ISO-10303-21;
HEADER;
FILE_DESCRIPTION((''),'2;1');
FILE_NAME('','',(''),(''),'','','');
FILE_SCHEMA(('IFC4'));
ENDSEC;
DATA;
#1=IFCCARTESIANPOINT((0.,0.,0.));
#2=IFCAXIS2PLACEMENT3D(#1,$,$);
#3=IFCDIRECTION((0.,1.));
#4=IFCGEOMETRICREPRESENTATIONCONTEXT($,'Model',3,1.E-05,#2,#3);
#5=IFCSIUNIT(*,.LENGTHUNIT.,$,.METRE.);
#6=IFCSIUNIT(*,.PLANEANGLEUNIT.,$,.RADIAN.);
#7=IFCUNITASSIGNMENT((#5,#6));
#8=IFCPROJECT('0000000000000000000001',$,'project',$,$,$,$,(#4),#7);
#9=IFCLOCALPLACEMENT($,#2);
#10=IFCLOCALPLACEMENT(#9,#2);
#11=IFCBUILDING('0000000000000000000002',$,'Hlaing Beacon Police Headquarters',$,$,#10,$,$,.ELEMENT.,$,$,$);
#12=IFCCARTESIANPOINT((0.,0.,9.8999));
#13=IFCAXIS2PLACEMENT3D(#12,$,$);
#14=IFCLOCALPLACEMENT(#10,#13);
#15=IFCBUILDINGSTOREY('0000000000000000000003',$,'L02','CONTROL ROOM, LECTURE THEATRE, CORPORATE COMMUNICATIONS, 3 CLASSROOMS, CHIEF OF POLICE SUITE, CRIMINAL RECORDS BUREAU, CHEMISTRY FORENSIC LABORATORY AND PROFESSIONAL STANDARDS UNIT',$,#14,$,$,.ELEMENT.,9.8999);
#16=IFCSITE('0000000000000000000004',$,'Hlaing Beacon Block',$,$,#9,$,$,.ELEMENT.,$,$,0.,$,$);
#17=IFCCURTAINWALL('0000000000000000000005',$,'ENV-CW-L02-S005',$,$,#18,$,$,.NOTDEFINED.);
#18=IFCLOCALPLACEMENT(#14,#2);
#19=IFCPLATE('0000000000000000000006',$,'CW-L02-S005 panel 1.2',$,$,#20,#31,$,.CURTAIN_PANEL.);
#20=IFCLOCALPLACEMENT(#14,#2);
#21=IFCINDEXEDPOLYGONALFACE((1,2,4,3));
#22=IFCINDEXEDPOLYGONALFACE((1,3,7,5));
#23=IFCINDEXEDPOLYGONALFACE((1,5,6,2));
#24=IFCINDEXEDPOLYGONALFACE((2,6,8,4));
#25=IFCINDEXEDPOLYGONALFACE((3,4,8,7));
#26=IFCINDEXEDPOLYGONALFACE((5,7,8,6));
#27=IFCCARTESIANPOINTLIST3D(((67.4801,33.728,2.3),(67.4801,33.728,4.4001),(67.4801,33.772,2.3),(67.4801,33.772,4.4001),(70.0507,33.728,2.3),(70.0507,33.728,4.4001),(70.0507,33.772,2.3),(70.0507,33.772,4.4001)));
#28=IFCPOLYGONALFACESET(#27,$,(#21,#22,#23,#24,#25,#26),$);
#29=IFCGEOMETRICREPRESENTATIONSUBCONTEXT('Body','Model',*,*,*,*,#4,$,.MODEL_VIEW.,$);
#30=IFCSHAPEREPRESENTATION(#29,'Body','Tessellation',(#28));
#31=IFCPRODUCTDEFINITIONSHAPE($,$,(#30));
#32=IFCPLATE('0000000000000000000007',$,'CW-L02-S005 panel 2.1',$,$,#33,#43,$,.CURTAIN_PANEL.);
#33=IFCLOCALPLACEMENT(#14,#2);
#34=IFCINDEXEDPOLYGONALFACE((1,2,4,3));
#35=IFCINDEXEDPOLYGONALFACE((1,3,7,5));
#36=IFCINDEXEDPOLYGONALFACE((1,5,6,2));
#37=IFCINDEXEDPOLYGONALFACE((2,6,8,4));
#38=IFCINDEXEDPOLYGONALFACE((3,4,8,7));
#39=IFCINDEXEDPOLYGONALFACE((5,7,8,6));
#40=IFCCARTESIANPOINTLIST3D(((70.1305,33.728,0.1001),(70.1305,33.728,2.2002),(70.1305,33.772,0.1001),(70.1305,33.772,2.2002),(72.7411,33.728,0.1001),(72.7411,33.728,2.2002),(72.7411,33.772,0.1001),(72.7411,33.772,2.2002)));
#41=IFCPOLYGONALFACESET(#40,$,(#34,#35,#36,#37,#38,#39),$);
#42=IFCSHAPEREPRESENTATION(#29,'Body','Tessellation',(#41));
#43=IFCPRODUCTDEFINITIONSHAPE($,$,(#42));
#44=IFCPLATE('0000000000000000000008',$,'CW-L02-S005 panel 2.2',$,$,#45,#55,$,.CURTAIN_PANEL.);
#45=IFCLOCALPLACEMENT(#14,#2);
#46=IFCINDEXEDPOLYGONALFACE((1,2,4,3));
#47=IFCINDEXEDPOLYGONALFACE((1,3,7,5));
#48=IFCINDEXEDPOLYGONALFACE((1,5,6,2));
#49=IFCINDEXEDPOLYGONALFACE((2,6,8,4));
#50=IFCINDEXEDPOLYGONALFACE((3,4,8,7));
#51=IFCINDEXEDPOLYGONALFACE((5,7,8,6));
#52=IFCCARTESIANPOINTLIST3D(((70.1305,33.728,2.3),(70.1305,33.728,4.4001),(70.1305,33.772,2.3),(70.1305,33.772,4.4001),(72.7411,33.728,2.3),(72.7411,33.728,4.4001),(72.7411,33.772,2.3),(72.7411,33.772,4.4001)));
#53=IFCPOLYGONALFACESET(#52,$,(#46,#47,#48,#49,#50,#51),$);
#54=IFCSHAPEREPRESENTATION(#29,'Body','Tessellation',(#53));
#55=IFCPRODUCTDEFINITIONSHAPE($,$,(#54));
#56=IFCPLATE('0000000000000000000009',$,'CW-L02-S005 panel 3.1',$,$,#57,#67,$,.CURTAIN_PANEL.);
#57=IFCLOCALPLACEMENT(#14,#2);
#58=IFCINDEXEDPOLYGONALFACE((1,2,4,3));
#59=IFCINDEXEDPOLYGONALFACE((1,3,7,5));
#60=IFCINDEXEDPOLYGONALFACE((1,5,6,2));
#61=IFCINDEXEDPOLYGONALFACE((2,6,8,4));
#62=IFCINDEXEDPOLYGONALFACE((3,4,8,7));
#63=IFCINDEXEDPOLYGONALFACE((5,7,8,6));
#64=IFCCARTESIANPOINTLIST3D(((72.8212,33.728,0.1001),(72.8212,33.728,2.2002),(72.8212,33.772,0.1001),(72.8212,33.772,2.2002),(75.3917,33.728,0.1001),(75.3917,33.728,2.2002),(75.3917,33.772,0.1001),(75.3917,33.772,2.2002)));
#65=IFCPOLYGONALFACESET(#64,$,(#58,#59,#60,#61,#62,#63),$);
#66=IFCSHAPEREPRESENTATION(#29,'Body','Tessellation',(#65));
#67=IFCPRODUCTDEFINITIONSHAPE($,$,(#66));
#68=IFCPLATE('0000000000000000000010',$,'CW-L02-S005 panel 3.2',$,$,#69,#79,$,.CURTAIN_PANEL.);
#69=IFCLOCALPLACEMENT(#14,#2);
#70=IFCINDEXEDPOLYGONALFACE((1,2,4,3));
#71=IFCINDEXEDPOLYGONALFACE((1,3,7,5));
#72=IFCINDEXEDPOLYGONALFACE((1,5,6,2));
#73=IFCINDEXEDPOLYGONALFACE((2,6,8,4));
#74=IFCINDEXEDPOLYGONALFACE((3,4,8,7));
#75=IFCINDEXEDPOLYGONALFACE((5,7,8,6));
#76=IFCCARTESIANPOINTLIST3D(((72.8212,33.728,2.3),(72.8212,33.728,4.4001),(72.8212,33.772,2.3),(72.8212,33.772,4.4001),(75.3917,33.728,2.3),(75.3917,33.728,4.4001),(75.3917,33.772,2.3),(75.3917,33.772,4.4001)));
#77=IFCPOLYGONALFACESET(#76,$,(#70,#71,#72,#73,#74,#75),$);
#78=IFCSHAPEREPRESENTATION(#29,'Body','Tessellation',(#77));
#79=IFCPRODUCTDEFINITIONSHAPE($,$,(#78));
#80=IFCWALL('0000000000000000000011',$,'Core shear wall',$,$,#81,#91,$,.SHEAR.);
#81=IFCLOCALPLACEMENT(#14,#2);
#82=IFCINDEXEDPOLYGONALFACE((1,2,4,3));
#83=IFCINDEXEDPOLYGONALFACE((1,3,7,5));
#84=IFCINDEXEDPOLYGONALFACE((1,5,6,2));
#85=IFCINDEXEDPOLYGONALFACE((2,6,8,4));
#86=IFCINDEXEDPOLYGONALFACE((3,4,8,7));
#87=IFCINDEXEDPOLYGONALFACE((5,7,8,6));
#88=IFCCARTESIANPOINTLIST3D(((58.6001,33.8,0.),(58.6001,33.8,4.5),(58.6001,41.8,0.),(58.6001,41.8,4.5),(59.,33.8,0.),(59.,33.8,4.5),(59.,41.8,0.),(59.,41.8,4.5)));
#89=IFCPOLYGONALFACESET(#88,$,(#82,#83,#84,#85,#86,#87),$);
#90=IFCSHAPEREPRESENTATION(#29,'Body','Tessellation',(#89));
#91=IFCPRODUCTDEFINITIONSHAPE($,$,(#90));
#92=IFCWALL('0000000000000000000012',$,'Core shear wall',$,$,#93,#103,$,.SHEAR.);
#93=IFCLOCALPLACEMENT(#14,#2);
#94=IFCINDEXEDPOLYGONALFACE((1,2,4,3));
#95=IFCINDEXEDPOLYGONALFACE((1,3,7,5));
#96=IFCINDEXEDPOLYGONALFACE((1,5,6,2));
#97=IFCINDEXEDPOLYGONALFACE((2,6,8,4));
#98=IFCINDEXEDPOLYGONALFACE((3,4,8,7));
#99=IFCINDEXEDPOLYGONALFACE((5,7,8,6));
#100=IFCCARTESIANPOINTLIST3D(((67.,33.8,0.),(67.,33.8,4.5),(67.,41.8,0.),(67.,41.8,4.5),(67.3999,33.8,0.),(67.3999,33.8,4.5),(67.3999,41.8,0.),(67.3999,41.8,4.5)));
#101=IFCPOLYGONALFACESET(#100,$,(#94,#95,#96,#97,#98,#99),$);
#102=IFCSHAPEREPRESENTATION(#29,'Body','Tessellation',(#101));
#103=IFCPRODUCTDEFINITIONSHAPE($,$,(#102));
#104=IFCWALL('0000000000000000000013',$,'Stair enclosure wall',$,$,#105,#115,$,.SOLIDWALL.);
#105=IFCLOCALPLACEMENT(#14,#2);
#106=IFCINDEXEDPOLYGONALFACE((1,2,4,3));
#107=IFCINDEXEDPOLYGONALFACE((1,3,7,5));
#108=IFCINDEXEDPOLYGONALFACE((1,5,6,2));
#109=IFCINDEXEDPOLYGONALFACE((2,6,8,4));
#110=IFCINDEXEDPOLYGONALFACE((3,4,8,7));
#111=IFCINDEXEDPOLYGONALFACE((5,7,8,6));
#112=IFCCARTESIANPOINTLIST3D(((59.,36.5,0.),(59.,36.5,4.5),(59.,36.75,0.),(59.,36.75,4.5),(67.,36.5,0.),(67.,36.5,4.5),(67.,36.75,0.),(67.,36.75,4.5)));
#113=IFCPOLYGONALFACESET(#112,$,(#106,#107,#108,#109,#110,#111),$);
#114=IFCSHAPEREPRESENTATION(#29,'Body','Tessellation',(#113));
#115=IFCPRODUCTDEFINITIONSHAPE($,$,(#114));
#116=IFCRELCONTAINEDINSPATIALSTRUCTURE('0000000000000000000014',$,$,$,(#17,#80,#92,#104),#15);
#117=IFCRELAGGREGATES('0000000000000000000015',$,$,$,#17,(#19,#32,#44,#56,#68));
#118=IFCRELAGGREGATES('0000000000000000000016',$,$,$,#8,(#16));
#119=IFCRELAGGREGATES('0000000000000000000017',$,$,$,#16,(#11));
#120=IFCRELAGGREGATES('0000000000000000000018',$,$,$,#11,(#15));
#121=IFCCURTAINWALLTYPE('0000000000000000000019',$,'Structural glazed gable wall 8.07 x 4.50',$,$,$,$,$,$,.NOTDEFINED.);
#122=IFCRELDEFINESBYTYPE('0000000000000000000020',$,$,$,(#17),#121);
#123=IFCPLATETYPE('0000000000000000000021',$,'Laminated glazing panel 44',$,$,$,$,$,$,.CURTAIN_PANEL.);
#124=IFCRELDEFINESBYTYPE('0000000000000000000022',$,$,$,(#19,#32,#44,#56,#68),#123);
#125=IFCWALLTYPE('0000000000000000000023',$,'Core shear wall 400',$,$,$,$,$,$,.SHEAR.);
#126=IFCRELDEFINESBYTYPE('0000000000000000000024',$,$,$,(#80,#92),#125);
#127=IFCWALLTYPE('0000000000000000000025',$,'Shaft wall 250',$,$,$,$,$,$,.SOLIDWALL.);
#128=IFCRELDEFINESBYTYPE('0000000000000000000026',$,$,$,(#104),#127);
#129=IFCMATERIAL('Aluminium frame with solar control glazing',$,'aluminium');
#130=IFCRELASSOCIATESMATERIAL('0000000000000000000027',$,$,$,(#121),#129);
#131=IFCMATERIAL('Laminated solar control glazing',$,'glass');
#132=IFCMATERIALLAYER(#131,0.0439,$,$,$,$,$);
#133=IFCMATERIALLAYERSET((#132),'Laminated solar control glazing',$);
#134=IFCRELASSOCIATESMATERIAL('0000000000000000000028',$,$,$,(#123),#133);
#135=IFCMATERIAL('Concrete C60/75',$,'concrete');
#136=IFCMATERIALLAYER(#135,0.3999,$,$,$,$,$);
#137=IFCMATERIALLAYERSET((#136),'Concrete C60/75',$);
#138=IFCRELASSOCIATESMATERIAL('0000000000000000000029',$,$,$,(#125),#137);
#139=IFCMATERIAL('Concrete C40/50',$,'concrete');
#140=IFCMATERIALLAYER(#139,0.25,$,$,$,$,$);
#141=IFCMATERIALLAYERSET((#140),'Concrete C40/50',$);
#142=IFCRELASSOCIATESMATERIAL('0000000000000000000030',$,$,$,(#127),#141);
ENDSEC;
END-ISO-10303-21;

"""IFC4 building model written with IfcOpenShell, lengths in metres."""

from ifc_helpers import new_model, si_unit, direction, frame, frame_2d, origin, origin_2d, place, context, subcontext, project, spatial, rectangle, extrude, material, layer, layer_set, type_object, element, aggregate, save


model = new_model("IFC4")

# Units and contexts
model_context = context("Model", 3, precision=1e-05, world=origin(), true_north=direction((0.0, 1.0)))
body_context = subcontext(model_context, "Body", "Model", "MODEL_VIEW")
ifc_project = project(units=[si_unit("LENGTHUNIT", "METRE"), si_unit("PLANEANGLEUNIT", "RADIAN")], contexts=[model_context])

# Site, building, storey
site_placement = place(None, origin())
site = spatial("IfcSite", under=ifc_project, at=site_placement, Name="Hlaing Beacon Block", CompositionType="ELEMENT", RefElevation=0.0)
building_placement = place(site_placement, origin())
building = spatial("IfcBuilding", under=site, at=building_placement, Name="Hlaing Beacon Police Headquarters", CompositionType="ELEMENT")
storey_placement = place(building_placement, frame((0.0, 0.0, 9.8999)))
storey = spatial("IfcBuildingStorey", under=building, at=storey_placement, Name="L02", Description="CONTROL ROOM, LECTURE THEATRE, CORPORATE COMMUNICATIONS, 3 CLASSROOMS, CHIEF OF POLICE SUITE, CRIMINAL RECORDS BUREAU, CHEMISTRY FORENSIC LABORATORY AND PROFESSIONAL STANDARDS UNIT", CompositionType="ELEMENT", Elevation=9.8999)

# Curtain wall
ifc_material_1 = material(Name="Aluminium frame with solar control glazing", Category="aluminium")
curtain_wall_type = type_object("IfcCurtainWallType", Name="Structural glazed gable wall 8.07 x 4.50", PredefinedType="NOTDEFINED", material=ifc_material_1)
curtain_wall_1_placement = place(storey_placement, origin())
curtain_wall_1 = element("IfcCurtainWall", 1, at=curtain_wall_1_placement, inside=storey, type_object=curtain_wall_type, Name="ENV-CW-L02-S005", PredefinedType="NOTDEFINED")

# Plates
ifc_material_2 = material(Name="Laminated solar control glazing", Category="glass")
ifc_layer_1 = layer(ifc_material_2, 0.0439)
ifc_layer_set_1 = layer_set([ifc_layer_1], Name="Laminated solar control glazing")
plate_type = type_object("IfcPlateType", Name="Laminated glazing panel 44", PredefinedType="CURTAIN_PANEL", material=ifc_layer_set_1)
plate_1_placement = place(storey_placement, frame((68.7654, 33.75, 2.3), z_axis=(0.0, 0.0, 1.0), x_axis=(1.0, 0.0, 0.0)))
plate_1 = element("IfcPlate", 2, at=plate_1_placement, type_object=plate_type, Name="CW-L02-S005 panel 1.2", PredefinedType="CURTAIN_PANEL", context=body_context, shape_type="SweptSolid", body=[
    extrude(rectangle(XDim=2.5706, YDim=0.0439, at=origin_2d()), origin(), (0.0, 0.0, 1.0), 2.1001),
])
plate_2_placement = place(storey_placement, frame((71.4358, 33.75, 0.1001), z_axis=(0.0, 0.0, 1.0), x_axis=(1.0, 0.0, 0.0)))
plate_2 = element("IfcPlate", 3, at=plate_2_placement, type_object=plate_type, Name="CW-L02-S005 panel 2.1", PredefinedType="CURTAIN_PANEL", context=body_context, shape_type="SweptSolid", body=[
    extrude(rectangle(XDim=2.6106, YDim=0.0439, at=origin_2d()), origin(), (0.0, 0.0, 1.0), 2.1001),
])
plate_3_placement = place(storey_placement, frame((71.4358, 33.75, 2.3), z_axis=(0.0, 0.0, 1.0), x_axis=(1.0, 0.0, 0.0)))
plate_3 = element("IfcPlate", 4, at=plate_3_placement, type_object=plate_type, Name="CW-L02-S005 panel 2.2", PredefinedType="CURTAIN_PANEL", context=body_context, shape_type="SweptSolid", body=[
    extrude(rectangle(XDim=2.6106, YDim=0.0439, at=origin_2d()), origin(), (0.0, 0.0, 1.0), 2.1001),
])
plate_4_placement = place(storey_placement, frame((74.1064, 33.75, 0.1001), z_axis=(0.0, 0.0, 1.0), x_axis=(1.0, 0.0, 0.0)))
plate_4 = element("IfcPlate", 5, at=plate_4_placement, type_object=plate_type, Name="CW-L02-S005 panel 3.1", PredefinedType="CURTAIN_PANEL", context=body_context, shape_type="SweptSolid", body=[
    extrude(rectangle(XDim=2.5706, YDim=0.0439, at=origin_2d()), origin(), (0.0, 0.0, 1.0), 2.1001),
])
plate_5_placement = place(storey_placement, frame((74.1064, 33.75, 2.3), z_axis=(0.0, 0.0, 1.0), x_axis=(1.0, 0.0, 0.0)))
plate_5 = element("IfcPlate", 6, at=plate_5_placement, type_object=plate_type, Name="CW-L02-S005 panel 3.2", PredefinedType="CURTAIN_PANEL", context=body_context, shape_type="SweptSolid", body=[
    extrude(rectangle(XDim=2.5706, YDim=0.0439, at=origin_2d()), origin(), (0.0, 0.0, 1.0), 2.1001),
])
aggregate(curtain_wall_1, [plate_1, plate_2, plate_3, plate_4, plate_5])

# Walls
ifc_material_3 = material(Name="Concrete C60/75", Category="concrete")
ifc_layer_2 = layer(ifc_material_3, 0.3999)
ifc_layer_set_2 = layer_set([ifc_layer_2], Name="Concrete C60/75")
wall_type_1 = type_object("IfcWallType", Name="Core shear wall 400", PredefinedType="SHEAR", material=ifc_layer_set_2)
for number, where, z_axis, x_axis, name in (
    (7, (58.8, 33.8, 0.0), (0.0, 0.0, 1.0), (0.0, 1.0, 0.0), "Core shear wall"),
    (8, (67.2, 33.8, 0.0), (0.0, 0.0, 1.0), (0.0, 1.0, 0.0), "Core shear wall"),
):
    element("IfcWall", number, at=place(storey_placement, frame(where, z_axis=z_axis, x_axis=x_axis)), inside=storey, type_object=wall_type_1, Name=name, PredefinedType="SHEAR", context=body_context, shape_type="SweptSolid", body=[
        extrude(rectangle(XDim=8.0, YDim=0.3999, at=frame_2d((4.0, 0.0))), origin(), (0.0, 0.0, 1.0), 4.5),
    ])
ifc_material_4 = material(Name="Concrete C40/50", Category="concrete")
ifc_layer_3 = layer(ifc_material_4, 0.25)
ifc_layer_set_3 = layer_set([ifc_layer_3], Name="Concrete C40/50")
wall_type_2 = type_object("IfcWallType", Name="Shaft wall 250", PredefinedType="SOLIDWALL", material=ifc_layer_set_3)
wall_placement = place(storey_placement, frame((59.0, 36.625, 0.0), z_axis=(0.0, 0.0, 1.0), x_axis=(1.0, 0.0, 0.0)))
element("IfcWall", 9, at=wall_placement, inside=storey, type_object=wall_type_2, Name="Stair enclosure wall", PredefinedType="SOLIDWALL", context=body_context, shape_type="SweptSolid", body=[
    extrude(rectangle(XDim=8.0, YDim=0.25, at=frame_2d((4.0, 0.0))), origin(), (0.0, 0.0, 1.0), 4.5),
])

save(model, "model.ifc")
